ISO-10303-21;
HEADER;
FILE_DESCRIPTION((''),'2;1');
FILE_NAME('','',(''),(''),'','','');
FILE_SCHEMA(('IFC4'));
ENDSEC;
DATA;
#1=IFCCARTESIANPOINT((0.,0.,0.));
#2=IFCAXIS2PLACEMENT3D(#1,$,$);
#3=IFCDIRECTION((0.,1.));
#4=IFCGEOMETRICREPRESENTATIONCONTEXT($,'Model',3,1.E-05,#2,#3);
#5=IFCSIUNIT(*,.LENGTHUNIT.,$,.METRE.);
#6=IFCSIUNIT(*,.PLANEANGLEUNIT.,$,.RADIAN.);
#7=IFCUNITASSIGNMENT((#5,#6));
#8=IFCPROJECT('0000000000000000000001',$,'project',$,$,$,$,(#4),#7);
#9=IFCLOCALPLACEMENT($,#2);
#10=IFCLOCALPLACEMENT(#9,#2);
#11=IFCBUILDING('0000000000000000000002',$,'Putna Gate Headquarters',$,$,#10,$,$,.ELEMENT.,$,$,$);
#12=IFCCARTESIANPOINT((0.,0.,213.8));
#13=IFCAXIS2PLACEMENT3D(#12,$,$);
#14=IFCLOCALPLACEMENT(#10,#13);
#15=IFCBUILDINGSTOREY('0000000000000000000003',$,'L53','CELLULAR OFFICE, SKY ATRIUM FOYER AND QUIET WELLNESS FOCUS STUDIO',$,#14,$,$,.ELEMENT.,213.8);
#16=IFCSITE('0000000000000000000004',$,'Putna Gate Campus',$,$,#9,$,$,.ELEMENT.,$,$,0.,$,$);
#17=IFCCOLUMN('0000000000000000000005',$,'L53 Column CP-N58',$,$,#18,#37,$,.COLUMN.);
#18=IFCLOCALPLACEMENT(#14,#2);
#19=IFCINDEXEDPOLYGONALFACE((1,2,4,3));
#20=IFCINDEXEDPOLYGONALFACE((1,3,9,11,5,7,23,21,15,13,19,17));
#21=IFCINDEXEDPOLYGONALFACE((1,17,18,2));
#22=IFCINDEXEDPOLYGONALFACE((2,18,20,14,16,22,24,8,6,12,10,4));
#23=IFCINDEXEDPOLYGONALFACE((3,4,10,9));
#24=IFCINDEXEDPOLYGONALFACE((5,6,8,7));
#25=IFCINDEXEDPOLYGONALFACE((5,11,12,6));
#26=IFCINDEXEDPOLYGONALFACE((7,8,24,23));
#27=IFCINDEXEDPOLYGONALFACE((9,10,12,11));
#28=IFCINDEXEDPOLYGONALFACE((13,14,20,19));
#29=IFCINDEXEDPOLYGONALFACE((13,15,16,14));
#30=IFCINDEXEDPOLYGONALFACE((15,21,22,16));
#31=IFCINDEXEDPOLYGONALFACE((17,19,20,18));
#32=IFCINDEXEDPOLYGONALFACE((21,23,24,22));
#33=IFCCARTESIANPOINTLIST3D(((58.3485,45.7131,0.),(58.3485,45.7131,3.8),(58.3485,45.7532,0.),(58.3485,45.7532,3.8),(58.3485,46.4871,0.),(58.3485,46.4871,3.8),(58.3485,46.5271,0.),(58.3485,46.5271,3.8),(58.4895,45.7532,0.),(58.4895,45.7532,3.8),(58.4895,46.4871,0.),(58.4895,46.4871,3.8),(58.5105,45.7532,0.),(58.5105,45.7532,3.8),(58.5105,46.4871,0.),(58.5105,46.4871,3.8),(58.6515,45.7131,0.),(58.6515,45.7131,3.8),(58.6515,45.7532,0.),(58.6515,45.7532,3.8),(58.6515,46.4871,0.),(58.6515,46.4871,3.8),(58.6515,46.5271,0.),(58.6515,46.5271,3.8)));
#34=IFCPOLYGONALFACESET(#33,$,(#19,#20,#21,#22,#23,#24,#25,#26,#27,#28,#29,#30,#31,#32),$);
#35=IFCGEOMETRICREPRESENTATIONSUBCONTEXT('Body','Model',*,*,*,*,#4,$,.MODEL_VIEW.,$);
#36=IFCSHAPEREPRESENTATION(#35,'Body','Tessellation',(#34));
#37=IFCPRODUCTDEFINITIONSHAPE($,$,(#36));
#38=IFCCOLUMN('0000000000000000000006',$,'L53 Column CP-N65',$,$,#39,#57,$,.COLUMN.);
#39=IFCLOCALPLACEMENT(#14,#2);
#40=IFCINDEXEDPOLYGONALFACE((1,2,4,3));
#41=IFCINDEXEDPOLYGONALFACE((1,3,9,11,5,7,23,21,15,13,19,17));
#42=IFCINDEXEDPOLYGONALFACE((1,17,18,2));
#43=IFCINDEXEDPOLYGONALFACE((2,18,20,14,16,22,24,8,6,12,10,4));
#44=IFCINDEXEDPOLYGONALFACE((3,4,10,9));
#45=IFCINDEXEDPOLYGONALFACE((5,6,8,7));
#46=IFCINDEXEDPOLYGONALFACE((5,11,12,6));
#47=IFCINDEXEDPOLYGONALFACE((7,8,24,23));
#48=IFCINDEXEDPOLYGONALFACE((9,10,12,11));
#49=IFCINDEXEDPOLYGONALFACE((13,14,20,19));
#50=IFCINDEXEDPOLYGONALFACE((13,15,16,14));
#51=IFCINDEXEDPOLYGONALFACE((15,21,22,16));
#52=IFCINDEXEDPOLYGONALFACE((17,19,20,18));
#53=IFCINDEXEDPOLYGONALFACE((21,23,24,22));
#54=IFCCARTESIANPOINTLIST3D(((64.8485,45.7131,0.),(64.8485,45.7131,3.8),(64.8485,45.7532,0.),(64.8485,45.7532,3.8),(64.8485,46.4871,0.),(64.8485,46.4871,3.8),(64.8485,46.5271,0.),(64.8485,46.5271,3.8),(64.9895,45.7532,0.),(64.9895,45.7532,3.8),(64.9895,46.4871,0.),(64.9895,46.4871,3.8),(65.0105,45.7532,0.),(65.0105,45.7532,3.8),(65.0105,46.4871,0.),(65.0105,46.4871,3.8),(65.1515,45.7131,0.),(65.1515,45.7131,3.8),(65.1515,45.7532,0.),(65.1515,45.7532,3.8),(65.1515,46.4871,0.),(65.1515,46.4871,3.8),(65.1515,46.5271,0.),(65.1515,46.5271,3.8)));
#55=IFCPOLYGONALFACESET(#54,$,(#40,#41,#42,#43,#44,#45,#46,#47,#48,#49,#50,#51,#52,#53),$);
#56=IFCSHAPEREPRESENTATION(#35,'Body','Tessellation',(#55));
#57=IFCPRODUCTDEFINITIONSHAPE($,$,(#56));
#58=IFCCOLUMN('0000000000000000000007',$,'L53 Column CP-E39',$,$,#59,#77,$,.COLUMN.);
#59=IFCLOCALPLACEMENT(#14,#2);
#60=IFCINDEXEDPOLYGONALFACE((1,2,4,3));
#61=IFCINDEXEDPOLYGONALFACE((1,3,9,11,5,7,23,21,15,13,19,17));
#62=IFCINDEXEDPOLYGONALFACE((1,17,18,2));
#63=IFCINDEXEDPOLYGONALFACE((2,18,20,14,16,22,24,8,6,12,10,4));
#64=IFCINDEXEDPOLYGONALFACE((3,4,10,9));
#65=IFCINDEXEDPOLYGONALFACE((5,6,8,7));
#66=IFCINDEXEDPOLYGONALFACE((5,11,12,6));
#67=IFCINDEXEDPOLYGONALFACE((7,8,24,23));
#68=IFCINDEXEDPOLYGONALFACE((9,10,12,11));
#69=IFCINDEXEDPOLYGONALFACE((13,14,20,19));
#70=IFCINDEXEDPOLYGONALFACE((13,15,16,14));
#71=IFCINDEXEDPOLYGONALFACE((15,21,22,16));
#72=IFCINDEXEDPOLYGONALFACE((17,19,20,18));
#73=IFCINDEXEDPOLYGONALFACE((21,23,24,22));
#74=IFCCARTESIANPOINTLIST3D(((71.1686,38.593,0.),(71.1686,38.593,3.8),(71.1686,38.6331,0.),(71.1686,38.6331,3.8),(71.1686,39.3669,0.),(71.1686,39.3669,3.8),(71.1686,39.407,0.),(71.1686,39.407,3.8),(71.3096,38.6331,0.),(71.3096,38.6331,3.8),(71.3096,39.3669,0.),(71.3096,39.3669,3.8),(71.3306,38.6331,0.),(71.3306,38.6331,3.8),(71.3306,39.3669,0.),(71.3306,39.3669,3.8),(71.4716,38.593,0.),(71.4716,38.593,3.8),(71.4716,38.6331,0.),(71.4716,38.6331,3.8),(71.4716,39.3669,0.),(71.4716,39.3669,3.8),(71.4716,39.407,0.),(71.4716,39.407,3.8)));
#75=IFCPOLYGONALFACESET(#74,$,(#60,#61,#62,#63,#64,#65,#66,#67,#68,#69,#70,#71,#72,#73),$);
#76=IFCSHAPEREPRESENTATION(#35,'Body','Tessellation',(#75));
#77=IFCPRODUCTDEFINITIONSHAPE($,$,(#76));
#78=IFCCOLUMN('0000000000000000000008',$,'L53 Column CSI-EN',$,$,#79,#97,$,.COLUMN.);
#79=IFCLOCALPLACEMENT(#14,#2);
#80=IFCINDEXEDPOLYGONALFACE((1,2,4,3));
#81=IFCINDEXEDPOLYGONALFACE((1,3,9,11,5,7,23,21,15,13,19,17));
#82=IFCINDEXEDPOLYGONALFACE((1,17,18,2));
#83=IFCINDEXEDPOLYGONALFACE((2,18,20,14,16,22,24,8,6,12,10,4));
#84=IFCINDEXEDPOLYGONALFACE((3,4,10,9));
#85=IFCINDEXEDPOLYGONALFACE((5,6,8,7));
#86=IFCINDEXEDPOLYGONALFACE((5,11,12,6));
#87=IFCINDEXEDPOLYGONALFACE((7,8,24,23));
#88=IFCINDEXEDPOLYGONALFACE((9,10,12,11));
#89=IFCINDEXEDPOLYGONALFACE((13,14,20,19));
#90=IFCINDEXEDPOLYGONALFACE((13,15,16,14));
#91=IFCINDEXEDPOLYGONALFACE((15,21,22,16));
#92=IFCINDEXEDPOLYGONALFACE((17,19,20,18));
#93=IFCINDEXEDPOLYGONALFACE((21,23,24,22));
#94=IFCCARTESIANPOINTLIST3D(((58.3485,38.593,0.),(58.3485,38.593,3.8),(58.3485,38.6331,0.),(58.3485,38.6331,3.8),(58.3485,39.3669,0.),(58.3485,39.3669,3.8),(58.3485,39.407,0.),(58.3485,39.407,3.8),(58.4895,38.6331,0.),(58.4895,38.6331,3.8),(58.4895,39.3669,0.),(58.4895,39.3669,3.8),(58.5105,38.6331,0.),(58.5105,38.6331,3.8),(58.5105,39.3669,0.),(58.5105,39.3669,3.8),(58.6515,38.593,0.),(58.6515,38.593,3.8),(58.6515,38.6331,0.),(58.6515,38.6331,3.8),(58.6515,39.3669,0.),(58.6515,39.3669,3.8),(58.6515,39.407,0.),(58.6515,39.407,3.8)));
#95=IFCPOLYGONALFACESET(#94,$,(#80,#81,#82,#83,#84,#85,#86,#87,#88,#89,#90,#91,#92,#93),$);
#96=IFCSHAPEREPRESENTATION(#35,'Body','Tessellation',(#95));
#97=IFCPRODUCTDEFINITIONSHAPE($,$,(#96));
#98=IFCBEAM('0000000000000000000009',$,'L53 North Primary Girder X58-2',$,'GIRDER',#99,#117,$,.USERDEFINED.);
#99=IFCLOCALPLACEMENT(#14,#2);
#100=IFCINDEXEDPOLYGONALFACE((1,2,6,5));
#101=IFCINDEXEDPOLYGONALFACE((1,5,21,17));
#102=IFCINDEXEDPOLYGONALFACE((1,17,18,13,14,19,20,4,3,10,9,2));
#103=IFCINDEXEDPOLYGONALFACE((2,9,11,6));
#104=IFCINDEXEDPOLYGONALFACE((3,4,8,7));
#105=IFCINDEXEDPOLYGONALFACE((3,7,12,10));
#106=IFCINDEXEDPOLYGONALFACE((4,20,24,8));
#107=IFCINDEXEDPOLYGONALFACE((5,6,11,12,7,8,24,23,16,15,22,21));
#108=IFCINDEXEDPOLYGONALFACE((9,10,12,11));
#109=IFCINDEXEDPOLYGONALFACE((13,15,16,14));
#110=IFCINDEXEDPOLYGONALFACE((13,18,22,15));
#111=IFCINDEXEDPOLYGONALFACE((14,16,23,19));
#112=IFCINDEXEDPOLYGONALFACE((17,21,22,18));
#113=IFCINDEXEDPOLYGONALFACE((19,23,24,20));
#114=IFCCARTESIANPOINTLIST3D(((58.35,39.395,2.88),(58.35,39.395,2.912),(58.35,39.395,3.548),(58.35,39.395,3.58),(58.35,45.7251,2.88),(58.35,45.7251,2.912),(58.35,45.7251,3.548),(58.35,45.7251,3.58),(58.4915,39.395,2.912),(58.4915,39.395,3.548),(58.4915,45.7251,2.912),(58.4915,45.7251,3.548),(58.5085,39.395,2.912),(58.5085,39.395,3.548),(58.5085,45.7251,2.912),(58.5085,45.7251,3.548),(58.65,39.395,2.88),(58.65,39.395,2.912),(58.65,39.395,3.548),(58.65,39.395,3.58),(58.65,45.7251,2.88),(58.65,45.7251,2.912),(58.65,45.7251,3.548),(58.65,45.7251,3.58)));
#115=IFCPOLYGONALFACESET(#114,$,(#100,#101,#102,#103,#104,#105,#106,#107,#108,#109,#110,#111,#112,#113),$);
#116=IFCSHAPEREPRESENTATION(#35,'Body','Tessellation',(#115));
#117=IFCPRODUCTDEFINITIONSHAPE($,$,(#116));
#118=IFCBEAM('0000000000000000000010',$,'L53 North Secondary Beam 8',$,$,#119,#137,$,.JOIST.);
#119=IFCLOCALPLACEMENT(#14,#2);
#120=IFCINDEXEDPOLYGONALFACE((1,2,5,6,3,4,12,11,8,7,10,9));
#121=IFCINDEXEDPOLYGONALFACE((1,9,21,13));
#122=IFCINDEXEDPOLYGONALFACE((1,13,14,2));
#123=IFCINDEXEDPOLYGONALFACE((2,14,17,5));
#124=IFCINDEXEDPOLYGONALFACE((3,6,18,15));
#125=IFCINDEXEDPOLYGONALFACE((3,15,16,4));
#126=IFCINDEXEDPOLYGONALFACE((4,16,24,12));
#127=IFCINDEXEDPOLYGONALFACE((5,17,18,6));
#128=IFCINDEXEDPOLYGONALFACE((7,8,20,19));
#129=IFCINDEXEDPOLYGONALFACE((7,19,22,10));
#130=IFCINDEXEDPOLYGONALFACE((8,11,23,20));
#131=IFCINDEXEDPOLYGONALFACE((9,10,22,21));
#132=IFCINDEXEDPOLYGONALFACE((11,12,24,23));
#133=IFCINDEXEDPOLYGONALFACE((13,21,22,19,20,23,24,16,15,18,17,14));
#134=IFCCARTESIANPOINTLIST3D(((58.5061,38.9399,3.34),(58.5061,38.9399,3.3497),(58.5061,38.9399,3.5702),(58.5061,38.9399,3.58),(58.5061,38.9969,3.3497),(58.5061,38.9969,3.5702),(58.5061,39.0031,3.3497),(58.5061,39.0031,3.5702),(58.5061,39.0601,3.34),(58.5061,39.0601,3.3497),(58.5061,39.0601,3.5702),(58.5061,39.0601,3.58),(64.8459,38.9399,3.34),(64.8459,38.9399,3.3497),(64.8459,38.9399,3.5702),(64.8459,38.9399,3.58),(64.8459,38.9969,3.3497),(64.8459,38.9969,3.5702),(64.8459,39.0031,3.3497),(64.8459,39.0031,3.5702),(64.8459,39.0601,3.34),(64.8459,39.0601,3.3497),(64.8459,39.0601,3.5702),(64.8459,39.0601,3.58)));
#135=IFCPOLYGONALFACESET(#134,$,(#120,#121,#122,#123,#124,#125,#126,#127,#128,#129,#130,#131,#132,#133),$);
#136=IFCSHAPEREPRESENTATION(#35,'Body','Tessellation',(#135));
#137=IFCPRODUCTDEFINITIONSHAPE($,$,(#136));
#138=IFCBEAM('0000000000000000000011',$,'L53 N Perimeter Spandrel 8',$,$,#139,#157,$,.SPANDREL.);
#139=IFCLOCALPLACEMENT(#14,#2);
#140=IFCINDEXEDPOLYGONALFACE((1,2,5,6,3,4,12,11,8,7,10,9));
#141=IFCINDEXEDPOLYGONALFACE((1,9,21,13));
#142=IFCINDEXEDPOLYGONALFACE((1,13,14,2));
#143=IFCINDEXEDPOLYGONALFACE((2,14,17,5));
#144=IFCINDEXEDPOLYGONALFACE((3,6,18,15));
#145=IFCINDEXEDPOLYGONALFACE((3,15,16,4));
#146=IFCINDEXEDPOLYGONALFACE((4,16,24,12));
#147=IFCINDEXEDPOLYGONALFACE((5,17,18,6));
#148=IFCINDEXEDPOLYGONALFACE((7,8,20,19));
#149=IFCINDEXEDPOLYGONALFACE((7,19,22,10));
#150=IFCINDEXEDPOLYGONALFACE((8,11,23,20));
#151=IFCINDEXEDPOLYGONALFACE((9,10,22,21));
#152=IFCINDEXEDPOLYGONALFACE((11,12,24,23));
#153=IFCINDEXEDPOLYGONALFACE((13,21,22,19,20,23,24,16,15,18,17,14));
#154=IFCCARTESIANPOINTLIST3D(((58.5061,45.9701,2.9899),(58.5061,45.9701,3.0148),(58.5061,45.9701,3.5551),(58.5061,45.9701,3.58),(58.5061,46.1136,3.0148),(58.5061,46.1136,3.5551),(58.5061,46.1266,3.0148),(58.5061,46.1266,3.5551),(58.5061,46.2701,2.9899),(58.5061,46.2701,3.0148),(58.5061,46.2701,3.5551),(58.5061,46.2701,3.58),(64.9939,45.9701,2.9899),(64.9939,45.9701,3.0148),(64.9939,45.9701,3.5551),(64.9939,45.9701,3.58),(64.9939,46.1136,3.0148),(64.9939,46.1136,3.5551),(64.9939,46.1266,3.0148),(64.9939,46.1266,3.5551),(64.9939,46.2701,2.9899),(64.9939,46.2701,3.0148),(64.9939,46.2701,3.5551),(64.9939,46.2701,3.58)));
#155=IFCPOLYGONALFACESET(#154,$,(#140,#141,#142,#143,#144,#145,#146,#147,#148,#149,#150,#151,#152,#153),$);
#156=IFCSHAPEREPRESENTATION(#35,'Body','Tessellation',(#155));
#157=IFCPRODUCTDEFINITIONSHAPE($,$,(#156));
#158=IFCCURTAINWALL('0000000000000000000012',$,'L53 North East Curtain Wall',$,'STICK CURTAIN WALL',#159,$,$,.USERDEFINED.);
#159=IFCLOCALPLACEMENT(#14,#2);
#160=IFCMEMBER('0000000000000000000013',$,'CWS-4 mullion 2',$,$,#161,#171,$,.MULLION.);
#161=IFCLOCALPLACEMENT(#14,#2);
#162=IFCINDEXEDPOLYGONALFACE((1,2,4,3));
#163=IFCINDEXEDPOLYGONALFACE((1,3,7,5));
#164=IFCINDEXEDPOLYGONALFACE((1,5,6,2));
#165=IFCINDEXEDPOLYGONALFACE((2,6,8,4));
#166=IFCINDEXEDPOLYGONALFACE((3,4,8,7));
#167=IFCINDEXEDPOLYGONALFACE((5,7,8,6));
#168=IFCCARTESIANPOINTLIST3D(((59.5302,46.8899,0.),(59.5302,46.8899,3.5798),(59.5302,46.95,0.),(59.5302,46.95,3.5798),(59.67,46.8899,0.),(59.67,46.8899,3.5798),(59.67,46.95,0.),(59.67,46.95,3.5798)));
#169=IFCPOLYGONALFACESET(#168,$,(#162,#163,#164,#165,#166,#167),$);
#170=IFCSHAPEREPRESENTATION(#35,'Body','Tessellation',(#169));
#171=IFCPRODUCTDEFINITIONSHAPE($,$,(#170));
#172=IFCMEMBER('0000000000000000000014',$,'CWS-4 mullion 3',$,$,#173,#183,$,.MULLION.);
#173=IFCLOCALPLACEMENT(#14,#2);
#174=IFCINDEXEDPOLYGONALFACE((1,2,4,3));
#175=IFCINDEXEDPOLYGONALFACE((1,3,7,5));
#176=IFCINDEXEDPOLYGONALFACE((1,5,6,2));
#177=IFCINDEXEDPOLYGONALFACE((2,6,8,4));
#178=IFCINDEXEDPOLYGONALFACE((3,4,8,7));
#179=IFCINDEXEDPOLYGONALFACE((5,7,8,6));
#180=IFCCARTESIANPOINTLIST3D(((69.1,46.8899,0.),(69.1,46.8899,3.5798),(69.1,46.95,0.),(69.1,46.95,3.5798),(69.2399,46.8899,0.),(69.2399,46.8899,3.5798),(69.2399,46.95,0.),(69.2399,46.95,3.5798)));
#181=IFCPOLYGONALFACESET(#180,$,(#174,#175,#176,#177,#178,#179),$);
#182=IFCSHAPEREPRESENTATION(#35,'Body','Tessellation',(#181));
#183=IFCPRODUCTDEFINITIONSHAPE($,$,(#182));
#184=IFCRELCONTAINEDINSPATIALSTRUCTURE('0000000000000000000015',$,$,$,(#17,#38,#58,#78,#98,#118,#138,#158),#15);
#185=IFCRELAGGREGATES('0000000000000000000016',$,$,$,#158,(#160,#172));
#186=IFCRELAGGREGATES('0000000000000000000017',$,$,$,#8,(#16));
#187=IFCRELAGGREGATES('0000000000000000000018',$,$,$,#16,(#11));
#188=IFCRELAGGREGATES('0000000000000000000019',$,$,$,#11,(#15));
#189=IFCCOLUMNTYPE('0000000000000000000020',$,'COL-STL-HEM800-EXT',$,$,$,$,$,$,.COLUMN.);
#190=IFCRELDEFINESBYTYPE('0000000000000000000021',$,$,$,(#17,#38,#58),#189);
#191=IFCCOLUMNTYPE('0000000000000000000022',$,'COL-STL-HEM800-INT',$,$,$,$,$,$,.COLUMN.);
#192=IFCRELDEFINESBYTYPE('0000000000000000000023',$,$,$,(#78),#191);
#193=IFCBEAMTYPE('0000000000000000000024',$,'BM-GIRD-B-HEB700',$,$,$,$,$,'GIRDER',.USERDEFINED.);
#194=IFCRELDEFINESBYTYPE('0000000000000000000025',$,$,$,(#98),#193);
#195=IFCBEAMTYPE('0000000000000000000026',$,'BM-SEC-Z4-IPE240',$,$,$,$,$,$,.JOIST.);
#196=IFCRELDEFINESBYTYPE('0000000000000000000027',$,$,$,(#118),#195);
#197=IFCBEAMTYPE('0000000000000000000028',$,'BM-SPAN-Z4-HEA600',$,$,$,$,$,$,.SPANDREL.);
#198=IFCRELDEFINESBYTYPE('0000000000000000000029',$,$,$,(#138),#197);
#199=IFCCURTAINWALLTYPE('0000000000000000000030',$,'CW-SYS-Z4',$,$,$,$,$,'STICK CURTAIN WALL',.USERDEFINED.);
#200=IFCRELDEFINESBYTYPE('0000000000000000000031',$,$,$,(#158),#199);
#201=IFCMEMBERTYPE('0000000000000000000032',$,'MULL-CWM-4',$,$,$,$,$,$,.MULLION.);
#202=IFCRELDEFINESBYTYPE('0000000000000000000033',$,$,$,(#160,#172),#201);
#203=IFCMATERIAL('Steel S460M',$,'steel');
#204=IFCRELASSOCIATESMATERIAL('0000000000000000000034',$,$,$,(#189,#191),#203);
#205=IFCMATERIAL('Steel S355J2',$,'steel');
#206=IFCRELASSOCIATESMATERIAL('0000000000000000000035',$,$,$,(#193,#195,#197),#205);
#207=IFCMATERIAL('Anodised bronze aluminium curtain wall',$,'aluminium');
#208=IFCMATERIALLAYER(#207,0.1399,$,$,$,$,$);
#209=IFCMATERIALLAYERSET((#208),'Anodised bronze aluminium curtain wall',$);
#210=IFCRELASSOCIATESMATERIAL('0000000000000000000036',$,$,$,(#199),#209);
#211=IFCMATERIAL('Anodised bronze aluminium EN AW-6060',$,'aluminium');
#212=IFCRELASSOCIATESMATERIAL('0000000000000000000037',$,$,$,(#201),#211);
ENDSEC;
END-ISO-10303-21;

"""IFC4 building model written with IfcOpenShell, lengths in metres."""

from ifc_helpers import new_model, si_unit, direction, frame, origin, origin_2d, place, context, subcontext, project, spatial, rectangle, i_section, extrude, material, layer, layer_set, material_profile, profile_set, type_object, element, aggregate, save


model = new_model("IFC4")

# Units and contexts
model_context = context("Model", 3, precision=1e-05, world=origin(), true_north=direction((0.0, 1.0)))
body_context = subcontext(model_context, "Body", "Model", "MODEL_VIEW")
ifc_project = project(units=[si_unit("LENGTHUNIT", "METRE"), si_unit("PLANEANGLEUNIT", "RADIAN")], contexts=[model_context])

# Site, building, storey
site_placement = place(None, origin())
site = spatial("IfcSite", under=ifc_project, at=site_placement, Name="Putna Gate Campus", CompositionType="ELEMENT", RefElevation=0.0)
building_placement = place(site_placement, origin())
building = spatial("IfcBuilding", under=site, at=building_placement, Name="Putna Gate Headquarters", CompositionType="ELEMENT")
storey_placement = place(building_placement, frame((0.0, 0.0, 213.8)))
storey = spatial("IfcBuildingStorey", under=building, at=storey_placement, Name="L53", Description="CELLULAR OFFICE, SKY ATRIUM FOYER AND QUIET WELLNESS FOCUS STUDIO", CompositionType="ELEMENT", Elevation=213.8)

# Columns
ifc_material_1 = material(Name="Steel S460M", Category="steel")
ifc_material_profile_1 = material_profile(ifc_material_1, i_section(OverallWidth=0.303, OverallDepth=0.814, WebThickness=0.021, FlangeThickness=0.04, at=origin_2d()), Name="Steel S460M")
ifc_profile_set_1 = profile_set([ifc_material_profile_1], Name="Steel S460M")
column_type_1 = type_object("IfcColumnType", Name="COL-STL-HEM800-EXT", PredefinedType="COLUMN", material=ifc_profile_set_1)
for number, where, z_axis, x_axis, name in (
    (1, (58.5, 46.1201, 0.0), (0.0, 0.0, 1.0), (1.0, 0.0, 0.0), "L53 Column CP-N58"),
    (2, (65.0, 46.1201, 0.0), (0.0, 0.0, 1.0), (1.0, 0.0, 0.0), "L53 Column CP-N65"),
    (3, (71.3201, 39.0, 0.0), (0.0, 0.0, 1.0), (1.0, 0.0, 0.0), "L53 Column CP-E39"),
):
    element("IfcColumn", number, at=place(storey_placement, frame(where, z_axis=z_axis, x_axis=x_axis)), inside=storey, type_object=column_type_1, Name=name, PredefinedType="COLUMN", context=body_context, shape_type="SweptSolid", body=[
        extrude(i_section(OverallWidth=0.303, OverallDepth=0.814, WebThickness=0.021, FlangeThickness=0.04, at=origin_2d()), origin(), (0.0, 0.0, 1.0), 3.8),
    ])
ifc_material_profile_2 = material_profile(ifc_material_1, i_section(OverallWidth=0.303, OverallDepth=0.814, WebThickness=0.021, FlangeThickness=0.04, at=origin_2d()), Name="Steel S460M")
ifc_profile_set_2 = profile_set([ifc_material_profile_2], Name="Steel S460M")
column_type_2 = type_object("IfcColumnType", Name="COL-STL-HEM800-INT", PredefinedType="COLUMN", material=ifc_profile_set_2)
column_placement = place(storey_placement, frame((58.5, 39.0, 0.0), z_axis=(0.0, 0.0, 1.0), x_axis=(1.0, 0.0, 0.0)))
element("IfcColumn", 4, at=column_placement, inside=storey, type_object=column_type_2, Name="L53 Column CSI-EN", PredefinedType="COLUMN", context=body_context, shape_type="SweptSolid", body=[
    extrude(i_section(OverallWidth=0.303, OverallDepth=0.814, WebThickness=0.021, FlangeThickness=0.04, at=origin_2d()), origin(), (0.0, 0.0, 1.0), 3.8),
])

# Beams
ifc_material_2 = material(Name="Steel S355J2", Category="steel")
ifc_material_profile_3 = material_profile(ifc_material_2, i_section(OverallWidth=0.3, OverallDepth=0.7, WebThickness=0.0171, FlangeThickness=0.032, at=origin_2d()), Name="Steel S355J2")
ifc_profile_set_3 = profile_set([ifc_material_profile_3], Name="Steel S355J2")
beam_type_1 = type_object("IfcBeamType", Name="BM-GIRD-B-HEB700", ElementType="GIRDER", PredefinedType="USERDEFINED", material=ifc_profile_set_3)
beam_1_placement = place(storey_placement, frame((58.5, 39.395, 3.23), z_axis=(0.0, 1.0, 0.0), x_axis=(-1.0, 0.0, 0.0)))
element("IfcBeam", 5, at=beam_1_placement, inside=storey, type_object=beam_type_1, Name="L53 North Primary Girder X58-2", ObjectType="GIRDER", PredefinedType="USERDEFINED", context=body_context, shape_type="SweptSolid", body=[
    extrude(i_section(OverallWidth=0.3, OverallDepth=0.7, WebThickness=0.0171, FlangeThickness=0.032, at=origin_2d()), origin(), (0.0, 0.0, 1.0), 6.3301),
])
ifc_material_profile_4 = material_profile(ifc_material_2, i_section(OverallWidth=0.1201, OverallDepth=0.24, WebThickness=0.0061, FlangeThickness=0.0098, at=origin_2d()), Name="Steel S355J2")
ifc_profile_set_4 = profile_set([ifc_material_profile_4], Name="Steel S355J2")
beam_type_2 = type_object("IfcBeamType", Name="BM-SEC-Z4-IPE240", PredefinedType="JOIST", material=ifc_profile_set_4)
beam_2_placement = place(storey_placement, frame((58.5061, 39.0, 3.46), z_axis=(1.0, 0.0, 0.0), x_axis=(0.0, 1.0, 0.0)))
element("IfcBeam", 6, at=beam_2_placement, inside=storey, type_object=beam_type_2, Name="L53 North Secondary Beam 8", PredefinedType="JOIST", context=body_context, shape_type="SweptSolid", body=[
    extrude(i_section(OverallWidth=0.1201, OverallDepth=0.24, WebThickness=0.0061, FlangeThickness=0.0098, at=origin_2d()), origin(), (0.0, 0.0, 1.0), 6.3398),
])
ifc_material_profile_5 = material_profile(ifc_material_2, i_section(OverallWidth=0.3, OverallDepth=0.5901, WebThickness=0.0129, FlangeThickness=0.0249, at=origin_2d()), Name="Steel S355J2")
ifc_profile_set_5 = profile_set([ifc_material_profile_5], Name="Steel S355J2")
beam_type_3 = type_object("IfcBeamType", Name="BM-SPAN-Z4-HEA600", PredefinedType="SPANDREL", material=ifc_profile_set_5)
beam_3_placement = place(storey_placement, frame((58.5061, 46.1201, 3.2849), z_axis=(1.0, 0.0, 0.0), x_axis=(0.0, 1.0, 0.0)))
element("IfcBeam", 7, at=beam_3_placement, inside=storey, type_object=beam_type_3, Name="L53 N Perimeter Spandrel 8", PredefinedType="SPANDREL", context=body_context, shape_type="SweptSolid", body=[
    extrude(i_section(OverallWidth=0.3, OverallDepth=0.5901, WebThickness=0.0129, FlangeThickness=0.0249, at=origin_2d()), origin(), (0.0, 0.0, 1.0), 6.4878),
])

# Curtain wall, members
ifc_material_3 = material(Name="Anodised bronze aluminium curtain wall", Category="aluminium")
ifc_layer_1 = layer(ifc_material_3, 0.1399)
ifc_layer_set_1 = layer_set([ifc_layer_1], Name="Anodised bronze aluminium curtain wall")
curtain_wall_type = type_object("IfcCurtainWallType", Name="CW-SYS-Z4", ElementType="STICK CURTAIN WALL", PredefinedType="USERDEFINED", material=ifc_layer_set_1)
curtain_wall_1_placement = place(storey_placement, origin())
curtain_wall_1 = element("IfcCurtainWall", 8, at=curtain_wall_1_placement, inside=storey, type_object=curtain_wall_type, Name="L53 North East Curtain Wall", ObjectType="STICK CURTAIN WALL", PredefinedType="USERDEFINED")
ifc_material_4 = material(Name="Anodised bronze aluminium EN AW-6060", Category="aluminium")
ifc_material_profile_6 = material_profile(ifc_material_4, rectangle(XDim=0.0601, YDim=0.1399, at=origin_2d()), Name="Anodised bronze aluminium EN AW-6060")
ifc_profile_set_6 = profile_set([ifc_material_profile_6], Name="Anodised bronze aluminium EN AW-6060")
member_type_1 = type_object("IfcMemberType", Name="MULL-CWM-4", PredefinedType="MULLION", material=ifc_profile_set_6)
member_1_placement = place(storey_placement, frame((59.6001, 46.9199, 0.0), z_axis=(0.0, 0.0, 1.0), x_axis=(0.0, 1.0, 0.0)))
member_1 = element("IfcMember", 9, at=member_1_placement, type_object=member_type_1, Name="CWS-4 mullion 2", PredefinedType="MULLION", context=body_context, shape_type="SweptSolid", body=[
    extrude(rectangle(XDim=0.0601, YDim=0.1399, at=origin_2d()), origin(), (0.0, 0.0, 1.0), 3.5798),
])
member_2_placement = place(storey_placement, frame((69.1699, 46.9199, 0.0), z_axis=(0.0, 0.0, 1.0), x_axis=(0.0, 1.0, 0.0)))
member_2 = element("IfcMember", 10, at=member_2_placement, type_object=member_type_1, Name="CWS-4 mullion 3", PredefinedType="MULLION", context=body_context, shape_type="SweptSolid", body=[
    extrude(rectangle(XDim=0.0601, YDim=0.1399, at=origin_2d()), origin(), (0.0, 0.0, 1.0), 3.5798),
])

aggregate(curtain_wall_1, [member_1, member_2])

save(model, "model.ifc")
